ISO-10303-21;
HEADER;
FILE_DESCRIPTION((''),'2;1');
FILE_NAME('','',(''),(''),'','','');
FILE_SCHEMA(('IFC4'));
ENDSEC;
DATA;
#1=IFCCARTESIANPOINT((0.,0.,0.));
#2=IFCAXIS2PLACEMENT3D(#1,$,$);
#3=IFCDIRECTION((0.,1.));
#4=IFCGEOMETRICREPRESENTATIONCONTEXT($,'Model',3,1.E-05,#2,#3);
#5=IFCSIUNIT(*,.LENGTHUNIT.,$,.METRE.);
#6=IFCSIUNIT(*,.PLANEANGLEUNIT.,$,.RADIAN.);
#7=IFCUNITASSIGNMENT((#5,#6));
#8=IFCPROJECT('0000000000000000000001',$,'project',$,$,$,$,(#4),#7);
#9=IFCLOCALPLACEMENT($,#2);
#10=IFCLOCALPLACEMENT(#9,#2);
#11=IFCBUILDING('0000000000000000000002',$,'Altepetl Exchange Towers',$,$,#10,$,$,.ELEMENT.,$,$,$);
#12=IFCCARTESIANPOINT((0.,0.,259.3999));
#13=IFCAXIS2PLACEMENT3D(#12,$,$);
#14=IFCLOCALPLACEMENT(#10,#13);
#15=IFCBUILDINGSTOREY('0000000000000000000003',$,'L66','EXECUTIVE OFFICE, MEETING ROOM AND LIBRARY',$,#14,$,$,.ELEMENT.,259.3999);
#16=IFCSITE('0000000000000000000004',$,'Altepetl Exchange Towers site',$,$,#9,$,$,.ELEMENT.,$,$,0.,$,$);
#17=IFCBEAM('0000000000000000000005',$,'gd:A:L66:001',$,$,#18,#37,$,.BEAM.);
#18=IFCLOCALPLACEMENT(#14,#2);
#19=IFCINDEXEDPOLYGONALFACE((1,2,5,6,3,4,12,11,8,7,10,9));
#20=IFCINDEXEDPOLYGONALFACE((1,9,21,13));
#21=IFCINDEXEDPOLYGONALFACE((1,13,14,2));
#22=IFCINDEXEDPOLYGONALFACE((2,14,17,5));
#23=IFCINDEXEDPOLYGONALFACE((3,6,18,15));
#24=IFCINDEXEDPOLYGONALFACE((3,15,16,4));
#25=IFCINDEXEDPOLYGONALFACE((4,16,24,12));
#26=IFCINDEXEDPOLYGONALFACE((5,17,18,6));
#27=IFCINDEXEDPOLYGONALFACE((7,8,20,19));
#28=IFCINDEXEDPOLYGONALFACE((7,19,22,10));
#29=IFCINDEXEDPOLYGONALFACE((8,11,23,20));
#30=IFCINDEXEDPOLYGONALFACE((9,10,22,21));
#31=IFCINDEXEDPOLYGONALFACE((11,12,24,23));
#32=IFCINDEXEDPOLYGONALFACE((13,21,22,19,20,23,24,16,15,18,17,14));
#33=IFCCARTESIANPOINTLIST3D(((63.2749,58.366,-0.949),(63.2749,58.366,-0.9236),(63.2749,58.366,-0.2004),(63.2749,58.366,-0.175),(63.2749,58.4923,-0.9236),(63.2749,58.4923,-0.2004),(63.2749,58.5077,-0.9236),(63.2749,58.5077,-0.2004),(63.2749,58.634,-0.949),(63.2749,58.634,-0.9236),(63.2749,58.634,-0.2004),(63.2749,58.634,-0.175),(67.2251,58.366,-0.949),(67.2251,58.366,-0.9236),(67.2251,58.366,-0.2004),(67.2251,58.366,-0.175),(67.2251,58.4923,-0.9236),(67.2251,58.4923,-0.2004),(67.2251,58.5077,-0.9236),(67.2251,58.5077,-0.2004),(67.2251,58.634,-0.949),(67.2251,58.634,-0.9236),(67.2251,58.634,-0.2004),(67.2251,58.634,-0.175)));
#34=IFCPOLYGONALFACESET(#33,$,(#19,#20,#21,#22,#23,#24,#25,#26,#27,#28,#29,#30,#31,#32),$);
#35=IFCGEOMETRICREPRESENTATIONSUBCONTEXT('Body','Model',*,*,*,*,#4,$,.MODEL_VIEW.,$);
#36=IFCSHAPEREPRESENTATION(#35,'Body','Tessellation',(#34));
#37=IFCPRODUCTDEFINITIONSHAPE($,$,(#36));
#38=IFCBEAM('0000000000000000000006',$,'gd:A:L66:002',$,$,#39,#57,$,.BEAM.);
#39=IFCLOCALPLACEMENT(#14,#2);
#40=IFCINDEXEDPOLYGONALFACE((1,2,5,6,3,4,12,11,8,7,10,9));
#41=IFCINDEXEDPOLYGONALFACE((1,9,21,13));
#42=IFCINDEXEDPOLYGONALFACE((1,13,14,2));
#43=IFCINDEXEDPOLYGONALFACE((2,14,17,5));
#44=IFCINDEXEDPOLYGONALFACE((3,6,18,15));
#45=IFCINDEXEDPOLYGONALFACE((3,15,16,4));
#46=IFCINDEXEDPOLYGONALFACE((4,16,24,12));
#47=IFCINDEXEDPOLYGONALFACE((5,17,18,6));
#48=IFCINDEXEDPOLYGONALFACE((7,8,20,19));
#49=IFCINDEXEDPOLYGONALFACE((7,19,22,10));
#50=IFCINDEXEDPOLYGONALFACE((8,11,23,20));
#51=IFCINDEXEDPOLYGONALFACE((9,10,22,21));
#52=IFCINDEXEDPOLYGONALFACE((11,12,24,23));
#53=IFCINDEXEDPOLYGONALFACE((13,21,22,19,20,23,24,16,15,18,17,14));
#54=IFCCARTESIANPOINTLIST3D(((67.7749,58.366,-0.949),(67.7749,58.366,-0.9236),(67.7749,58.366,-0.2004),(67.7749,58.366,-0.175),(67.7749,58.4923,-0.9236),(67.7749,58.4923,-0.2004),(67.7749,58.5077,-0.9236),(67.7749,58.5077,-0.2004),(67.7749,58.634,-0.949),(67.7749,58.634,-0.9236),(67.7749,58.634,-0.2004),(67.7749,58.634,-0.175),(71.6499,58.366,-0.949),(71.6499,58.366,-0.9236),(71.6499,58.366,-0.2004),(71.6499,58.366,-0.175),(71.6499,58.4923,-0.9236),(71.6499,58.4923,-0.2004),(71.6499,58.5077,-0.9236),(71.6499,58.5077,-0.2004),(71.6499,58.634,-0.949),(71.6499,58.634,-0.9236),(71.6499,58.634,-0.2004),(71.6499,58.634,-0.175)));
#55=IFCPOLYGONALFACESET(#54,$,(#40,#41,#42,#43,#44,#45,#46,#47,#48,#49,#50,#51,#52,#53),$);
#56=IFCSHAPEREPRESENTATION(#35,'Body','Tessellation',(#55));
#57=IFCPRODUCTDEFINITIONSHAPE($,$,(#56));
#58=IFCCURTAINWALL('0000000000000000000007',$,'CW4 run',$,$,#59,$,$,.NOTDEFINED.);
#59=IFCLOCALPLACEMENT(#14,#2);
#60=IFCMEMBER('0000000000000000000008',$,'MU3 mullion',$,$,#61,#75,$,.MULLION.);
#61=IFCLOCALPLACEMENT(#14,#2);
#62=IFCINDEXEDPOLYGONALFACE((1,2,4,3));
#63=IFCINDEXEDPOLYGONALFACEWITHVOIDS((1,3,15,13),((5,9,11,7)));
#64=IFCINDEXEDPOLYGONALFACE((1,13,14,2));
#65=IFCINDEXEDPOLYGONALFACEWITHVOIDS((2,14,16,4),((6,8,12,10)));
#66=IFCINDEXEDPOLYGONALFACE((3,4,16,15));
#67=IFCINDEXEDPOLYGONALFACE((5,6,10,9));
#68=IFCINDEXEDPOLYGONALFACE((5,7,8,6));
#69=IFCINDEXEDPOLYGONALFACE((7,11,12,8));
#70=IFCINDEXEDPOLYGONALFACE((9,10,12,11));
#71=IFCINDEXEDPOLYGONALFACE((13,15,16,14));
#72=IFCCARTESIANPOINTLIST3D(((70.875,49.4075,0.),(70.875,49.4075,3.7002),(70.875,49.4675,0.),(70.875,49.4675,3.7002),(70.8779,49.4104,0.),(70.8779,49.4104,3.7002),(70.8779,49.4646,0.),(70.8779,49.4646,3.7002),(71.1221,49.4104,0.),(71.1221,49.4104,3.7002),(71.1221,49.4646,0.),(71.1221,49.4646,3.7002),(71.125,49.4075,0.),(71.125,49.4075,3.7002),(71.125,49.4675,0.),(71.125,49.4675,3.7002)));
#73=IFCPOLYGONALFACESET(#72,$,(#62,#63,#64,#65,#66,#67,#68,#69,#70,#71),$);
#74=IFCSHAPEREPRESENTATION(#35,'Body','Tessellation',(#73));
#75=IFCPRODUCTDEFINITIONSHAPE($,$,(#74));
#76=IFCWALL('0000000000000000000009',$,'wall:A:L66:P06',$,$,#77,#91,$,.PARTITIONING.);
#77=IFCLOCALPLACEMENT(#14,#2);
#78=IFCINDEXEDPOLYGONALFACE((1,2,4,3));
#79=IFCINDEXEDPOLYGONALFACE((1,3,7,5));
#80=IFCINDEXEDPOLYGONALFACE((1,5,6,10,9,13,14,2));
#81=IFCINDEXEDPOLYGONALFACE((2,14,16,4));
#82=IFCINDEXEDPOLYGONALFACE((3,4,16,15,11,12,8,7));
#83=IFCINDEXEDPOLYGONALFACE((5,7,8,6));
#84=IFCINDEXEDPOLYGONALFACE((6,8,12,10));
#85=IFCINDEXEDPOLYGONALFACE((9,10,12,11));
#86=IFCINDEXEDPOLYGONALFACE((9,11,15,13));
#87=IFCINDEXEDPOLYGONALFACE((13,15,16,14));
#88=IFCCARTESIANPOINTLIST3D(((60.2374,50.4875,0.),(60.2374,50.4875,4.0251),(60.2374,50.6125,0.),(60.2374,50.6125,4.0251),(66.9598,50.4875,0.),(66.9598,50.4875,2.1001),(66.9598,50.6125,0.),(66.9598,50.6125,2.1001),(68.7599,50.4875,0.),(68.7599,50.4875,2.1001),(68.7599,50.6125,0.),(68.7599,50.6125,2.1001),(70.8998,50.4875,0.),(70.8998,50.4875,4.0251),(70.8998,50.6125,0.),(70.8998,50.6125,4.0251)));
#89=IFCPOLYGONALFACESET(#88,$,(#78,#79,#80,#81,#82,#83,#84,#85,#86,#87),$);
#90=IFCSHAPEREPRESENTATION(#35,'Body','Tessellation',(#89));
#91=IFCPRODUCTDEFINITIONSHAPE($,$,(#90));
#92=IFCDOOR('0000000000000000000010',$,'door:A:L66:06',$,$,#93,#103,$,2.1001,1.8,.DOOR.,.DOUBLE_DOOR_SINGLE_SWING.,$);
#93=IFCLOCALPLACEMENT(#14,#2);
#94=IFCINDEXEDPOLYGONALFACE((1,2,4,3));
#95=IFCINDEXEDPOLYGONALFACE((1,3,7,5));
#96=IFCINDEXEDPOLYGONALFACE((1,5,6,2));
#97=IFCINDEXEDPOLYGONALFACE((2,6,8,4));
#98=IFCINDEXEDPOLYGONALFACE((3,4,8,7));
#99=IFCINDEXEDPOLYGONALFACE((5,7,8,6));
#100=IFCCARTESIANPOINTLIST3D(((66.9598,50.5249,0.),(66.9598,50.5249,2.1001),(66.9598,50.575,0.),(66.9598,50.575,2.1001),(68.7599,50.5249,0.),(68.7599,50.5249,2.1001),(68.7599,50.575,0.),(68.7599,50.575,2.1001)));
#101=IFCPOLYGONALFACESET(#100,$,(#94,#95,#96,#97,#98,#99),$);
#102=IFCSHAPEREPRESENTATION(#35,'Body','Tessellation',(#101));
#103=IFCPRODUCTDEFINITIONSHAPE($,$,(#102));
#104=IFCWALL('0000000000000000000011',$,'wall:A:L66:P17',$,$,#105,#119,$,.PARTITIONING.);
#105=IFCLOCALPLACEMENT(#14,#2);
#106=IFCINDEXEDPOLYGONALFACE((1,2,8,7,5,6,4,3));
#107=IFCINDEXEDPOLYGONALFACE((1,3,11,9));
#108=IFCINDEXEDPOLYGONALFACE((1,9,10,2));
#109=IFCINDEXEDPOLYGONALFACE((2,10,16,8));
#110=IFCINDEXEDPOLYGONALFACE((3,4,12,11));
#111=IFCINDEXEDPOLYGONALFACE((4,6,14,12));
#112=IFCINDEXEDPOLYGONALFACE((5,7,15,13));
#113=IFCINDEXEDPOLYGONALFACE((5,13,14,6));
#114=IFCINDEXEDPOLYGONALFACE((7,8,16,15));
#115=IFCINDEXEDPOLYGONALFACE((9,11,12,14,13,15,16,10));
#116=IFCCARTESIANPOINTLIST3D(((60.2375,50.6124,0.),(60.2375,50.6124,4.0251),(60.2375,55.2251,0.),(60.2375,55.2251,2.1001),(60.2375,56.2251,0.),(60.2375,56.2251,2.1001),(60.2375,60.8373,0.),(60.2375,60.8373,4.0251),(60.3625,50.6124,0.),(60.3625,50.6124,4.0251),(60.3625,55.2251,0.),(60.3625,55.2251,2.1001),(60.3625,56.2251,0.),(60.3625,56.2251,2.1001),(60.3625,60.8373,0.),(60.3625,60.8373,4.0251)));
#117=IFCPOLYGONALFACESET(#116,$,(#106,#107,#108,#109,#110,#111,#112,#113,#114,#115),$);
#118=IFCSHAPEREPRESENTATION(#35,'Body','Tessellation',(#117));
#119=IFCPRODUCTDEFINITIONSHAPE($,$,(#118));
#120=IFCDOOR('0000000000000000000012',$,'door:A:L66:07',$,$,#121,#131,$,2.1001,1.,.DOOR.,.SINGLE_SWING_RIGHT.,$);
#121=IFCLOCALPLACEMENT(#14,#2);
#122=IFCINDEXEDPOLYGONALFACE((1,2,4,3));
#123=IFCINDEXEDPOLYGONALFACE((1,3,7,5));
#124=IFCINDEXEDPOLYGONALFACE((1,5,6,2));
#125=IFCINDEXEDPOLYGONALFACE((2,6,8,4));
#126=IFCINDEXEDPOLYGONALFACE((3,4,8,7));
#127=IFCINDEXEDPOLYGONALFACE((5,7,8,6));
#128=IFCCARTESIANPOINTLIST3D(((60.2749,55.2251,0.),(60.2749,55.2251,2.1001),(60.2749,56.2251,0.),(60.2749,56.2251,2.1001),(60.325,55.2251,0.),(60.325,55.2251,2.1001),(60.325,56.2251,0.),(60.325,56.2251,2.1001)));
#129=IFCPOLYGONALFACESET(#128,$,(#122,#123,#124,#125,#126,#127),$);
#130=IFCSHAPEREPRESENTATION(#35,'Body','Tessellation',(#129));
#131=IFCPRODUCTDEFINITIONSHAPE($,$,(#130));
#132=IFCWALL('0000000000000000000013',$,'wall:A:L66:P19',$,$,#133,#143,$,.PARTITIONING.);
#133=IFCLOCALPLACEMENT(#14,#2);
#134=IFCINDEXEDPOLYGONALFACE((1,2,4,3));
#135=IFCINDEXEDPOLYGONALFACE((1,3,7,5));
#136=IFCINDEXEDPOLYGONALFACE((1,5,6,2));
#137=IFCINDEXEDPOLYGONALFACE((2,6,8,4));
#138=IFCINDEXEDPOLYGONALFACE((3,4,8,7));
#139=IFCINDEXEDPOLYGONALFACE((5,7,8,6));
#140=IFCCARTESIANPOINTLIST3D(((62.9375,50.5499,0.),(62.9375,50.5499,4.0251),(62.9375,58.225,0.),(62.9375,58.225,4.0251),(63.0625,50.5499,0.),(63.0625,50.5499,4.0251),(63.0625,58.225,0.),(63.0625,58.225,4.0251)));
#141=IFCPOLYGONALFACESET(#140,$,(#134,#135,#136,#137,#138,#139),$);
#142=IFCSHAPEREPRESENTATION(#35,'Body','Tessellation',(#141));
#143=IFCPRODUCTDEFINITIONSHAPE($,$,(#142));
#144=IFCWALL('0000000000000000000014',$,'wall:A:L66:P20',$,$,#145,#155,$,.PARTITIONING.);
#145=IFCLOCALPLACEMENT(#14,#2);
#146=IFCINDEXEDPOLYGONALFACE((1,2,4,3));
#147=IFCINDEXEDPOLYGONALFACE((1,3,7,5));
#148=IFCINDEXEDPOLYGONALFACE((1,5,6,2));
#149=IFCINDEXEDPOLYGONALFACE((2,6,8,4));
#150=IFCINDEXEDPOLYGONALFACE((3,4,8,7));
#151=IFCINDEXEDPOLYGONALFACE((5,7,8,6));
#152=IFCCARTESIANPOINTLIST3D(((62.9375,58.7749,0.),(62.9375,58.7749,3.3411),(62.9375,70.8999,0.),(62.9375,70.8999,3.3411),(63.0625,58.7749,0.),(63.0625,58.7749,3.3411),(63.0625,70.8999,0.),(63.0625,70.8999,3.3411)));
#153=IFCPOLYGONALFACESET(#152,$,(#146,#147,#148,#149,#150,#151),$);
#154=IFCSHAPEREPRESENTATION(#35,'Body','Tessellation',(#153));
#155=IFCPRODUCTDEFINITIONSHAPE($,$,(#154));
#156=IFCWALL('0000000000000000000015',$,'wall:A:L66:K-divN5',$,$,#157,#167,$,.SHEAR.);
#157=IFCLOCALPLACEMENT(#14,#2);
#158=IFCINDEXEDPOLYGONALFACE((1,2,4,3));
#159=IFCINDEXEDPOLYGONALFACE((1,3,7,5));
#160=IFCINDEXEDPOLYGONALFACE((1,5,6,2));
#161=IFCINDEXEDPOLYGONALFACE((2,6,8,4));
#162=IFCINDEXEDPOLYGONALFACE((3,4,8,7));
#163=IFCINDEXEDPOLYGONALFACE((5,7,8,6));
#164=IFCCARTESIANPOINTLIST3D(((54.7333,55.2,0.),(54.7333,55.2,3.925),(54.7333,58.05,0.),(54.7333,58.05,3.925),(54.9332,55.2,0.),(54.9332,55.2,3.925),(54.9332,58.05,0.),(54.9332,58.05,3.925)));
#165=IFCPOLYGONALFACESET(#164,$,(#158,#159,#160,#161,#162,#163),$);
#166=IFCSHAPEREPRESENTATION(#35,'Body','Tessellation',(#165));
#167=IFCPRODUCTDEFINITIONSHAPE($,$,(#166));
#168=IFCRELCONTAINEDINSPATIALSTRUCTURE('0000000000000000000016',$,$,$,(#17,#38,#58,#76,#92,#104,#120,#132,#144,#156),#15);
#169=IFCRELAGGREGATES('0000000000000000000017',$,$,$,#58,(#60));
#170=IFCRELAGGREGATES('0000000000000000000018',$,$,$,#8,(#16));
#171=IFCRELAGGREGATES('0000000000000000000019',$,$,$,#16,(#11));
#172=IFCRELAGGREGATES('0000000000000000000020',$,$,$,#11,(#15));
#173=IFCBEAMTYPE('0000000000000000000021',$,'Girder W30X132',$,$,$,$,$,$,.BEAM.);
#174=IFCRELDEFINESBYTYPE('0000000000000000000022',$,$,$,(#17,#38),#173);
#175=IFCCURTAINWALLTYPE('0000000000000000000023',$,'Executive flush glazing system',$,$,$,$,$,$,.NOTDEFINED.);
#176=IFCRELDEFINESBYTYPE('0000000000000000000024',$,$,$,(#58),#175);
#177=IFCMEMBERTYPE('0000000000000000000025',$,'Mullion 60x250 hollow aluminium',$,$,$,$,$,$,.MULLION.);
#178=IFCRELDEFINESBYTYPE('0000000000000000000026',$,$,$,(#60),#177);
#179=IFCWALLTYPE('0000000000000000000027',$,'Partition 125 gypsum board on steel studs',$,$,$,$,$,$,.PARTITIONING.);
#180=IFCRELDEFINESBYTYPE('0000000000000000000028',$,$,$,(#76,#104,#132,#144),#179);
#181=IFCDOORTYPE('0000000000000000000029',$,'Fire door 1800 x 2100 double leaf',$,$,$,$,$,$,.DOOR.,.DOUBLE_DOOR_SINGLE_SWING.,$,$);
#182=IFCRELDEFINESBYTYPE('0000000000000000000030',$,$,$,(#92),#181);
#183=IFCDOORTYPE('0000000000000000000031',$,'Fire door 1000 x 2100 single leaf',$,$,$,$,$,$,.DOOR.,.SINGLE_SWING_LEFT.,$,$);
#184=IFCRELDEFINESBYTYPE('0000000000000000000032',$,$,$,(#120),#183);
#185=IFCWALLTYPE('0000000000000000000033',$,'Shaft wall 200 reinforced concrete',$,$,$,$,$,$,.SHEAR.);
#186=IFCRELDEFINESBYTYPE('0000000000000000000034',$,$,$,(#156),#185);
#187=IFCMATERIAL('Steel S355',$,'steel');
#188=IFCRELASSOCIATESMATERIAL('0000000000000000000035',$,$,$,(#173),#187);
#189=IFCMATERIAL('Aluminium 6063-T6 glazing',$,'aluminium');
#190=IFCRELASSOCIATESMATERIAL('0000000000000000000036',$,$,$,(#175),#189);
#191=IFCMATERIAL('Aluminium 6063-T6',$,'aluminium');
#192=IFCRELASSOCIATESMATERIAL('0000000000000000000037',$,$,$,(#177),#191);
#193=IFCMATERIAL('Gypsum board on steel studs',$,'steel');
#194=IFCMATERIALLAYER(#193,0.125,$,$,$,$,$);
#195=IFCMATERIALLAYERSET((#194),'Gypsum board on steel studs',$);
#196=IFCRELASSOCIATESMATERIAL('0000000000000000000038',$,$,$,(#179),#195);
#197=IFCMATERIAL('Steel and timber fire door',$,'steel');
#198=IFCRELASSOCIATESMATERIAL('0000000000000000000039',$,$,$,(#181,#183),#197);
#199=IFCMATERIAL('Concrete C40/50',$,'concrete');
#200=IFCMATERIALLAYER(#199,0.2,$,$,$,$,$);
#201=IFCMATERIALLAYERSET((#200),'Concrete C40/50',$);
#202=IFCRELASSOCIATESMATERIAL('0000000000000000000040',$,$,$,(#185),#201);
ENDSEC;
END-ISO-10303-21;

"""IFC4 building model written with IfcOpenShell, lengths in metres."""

from ifc_helpers import new_model, si_unit, direction, frame, frame_2d, origin, origin_2d, place, context, subcontext, project, spatial, rectangle, hollow_rectangle, i_section, extrude, material, layer, layer_set, material_profile, profile_set, type_object, element, fill, aggregate, save


model = new_model("IFC4")

# Units and contexts
model_context = context("Model", 3, precision=1e-05, world=origin(), true_north=direction((0.0, 1.0)))
body_context = subcontext(model_context, "Body", "Model", "MODEL_VIEW")
ifc_project = project(units=[si_unit("LENGTHUNIT", "METRE"), si_unit("PLANEANGLEUNIT", "RADIAN")], contexts=[model_context])

# Site, building, storey
site_placement = place(None, origin())
site = spatial("IfcSite", under=ifc_project, at=site_placement, Name="Altepetl Exchange Towers site", CompositionType="ELEMENT", RefElevation=0.0)
building_placement = place(site_placement, origin())
building = spatial("IfcBuilding", under=site, at=building_placement, Name="Altepetl Exchange Towers", CompositionType="ELEMENT")
storey_placement = place(building_placement, frame((0.0, 0.0, 259.3999)))
storey = spatial("IfcBuildingStorey", under=building, at=storey_placement, Name="L66", Description="EXECUTIVE OFFICE, MEETING ROOM AND LIBRARY", CompositionType="ELEMENT", Elevation=259.3999)

# Beams
ifc_material_1 = material(Name="Steel S355", Category="steel")
ifc_material_profile_1 = material_profile(ifc_material_1, i_section(OverallWidth=0.2681, OverallDepth=0.7739, WebThickness=0.0154, FlangeThickness=0.0254, at=origin_2d()), Name="W30X132")
ifc_profile_set_1 = profile_set([ifc_material_profile_1], Name="Steel S355")
beam_type_1 = type_object("IfcBeamType", Name="Girder W30X132", PredefinedType="BEAM", material=ifc_profile_set_1)
beam_1_placement = place(storey_placement, frame((63.2749, 58.5, -0.562), z_axis=(1.0, 0.0, 0.0), x_axis=(0.0, 1.0, 0.0)))
element("IfcBeam", 1, at=beam_1_placement, inside=storey, type_object=beam_type_1, Name="gd:A:L66:001", PredefinedType="BEAM", context=body_context, shape_type="SweptSolid", body=[
    extrude(i_section(OverallWidth=0.2681, OverallDepth=0.7739, WebThickness=0.0154, FlangeThickness=0.0254, at=origin_2d()), origin(), (0.0, 0.0, 1.0), 3.9502),
])
beam_2_placement = place(storey_placement, frame((67.7749, 58.5, -0.562), z_axis=(1.0, 0.0, 0.0), x_axis=(0.0, 1.0, 0.0)))
element("IfcBeam", 2, at=beam_2_placement, inside=storey, type_object=beam_type_1, Name="gd:A:L66:002", PredefinedType="BEAM", context=body_context, shape_type="SweptSolid", body=[
    extrude(i_section(OverallWidth=0.2681, OverallDepth=0.7739, WebThickness=0.0154, FlangeThickness=0.0254, at=origin_2d()), origin(), (0.0, 0.0, 1.0), 3.875),
])

# Curtain wall, member
ifc_material_2 = material(Name="Aluminium 6063-T6 glazing", Category="aluminium")
curtain_wall_type = type_object("IfcCurtainWallType", Name="Executive flush glazing system", PredefinedType="NOTDEFINED", material=ifc_material_2)
curtain_wall_placement = place(storey_placement, origin())
curtain_wall = element("IfcCurtainWall", 3, at=curtain_wall_placement, inside=storey, type_object=curtain_wall_type, Name="CW4 run", PredefinedType="NOTDEFINED")
ifc_material_3 = material(Name="Aluminium 6063-T6", Category="aluminium")
ifc_material_profile_2 = material_profile(ifc_material_3, hollow_rectangle(XDim=0.0601, YDim=0.25, WallThickness=0.0029, at=origin_2d()), Name="Mullion 60x250 hollow aluminium")
ifc_profile_set_2 = profile_set([ifc_material_profile_2], Name="Aluminium 6063-T6")
member_type = type_object("IfcMemberType", Name="Mullion 60x250 hollow aluminium", PredefinedType="MULLION", material=ifc_profile_set_2)
member_placement = place(storey_placement, frame((71.0, 49.4375, 0.0), z_axis=(0.0, 0.0, 1.0), x_axis=(0.0, 1.0, 0.0)))
member = element("IfcMember", 4, at=member_placement, type_object=member_type, Name="MU3 mullion", PredefinedType="MULLION", context=body_context, shape_type="SweptSolid", body=[
    extrude(hollow_rectangle(XDim=0.0601, YDim=0.25, WallThickness=0.0029, at=origin_2d()), origin(), (0.0, 0.0, 1.0), 3.7002),
])
aggregate(curtain_wall, [member])

# Walls, openings, doors
ifc_material_4 = material(Name="Gypsum board on steel studs", Category="steel")
ifc_layer_1 = layer(ifc_material_4, 0.125)
ifc_layer_set_1 = layer_set([ifc_layer_1], Name="Gypsum board on steel studs")
wall_type_1 = type_object("IfcWallType", Name="Partition 125 gypsum board on steel studs", PredefinedType="PARTITIONING", material=ifc_layer_set_1)
wall_1_placement = place(storey_placement, frame((60.2375, 50.55, 0.0)))
wall_1 = element("IfcWall", 5, at=wall_1_placement, inside=storey, type_object=wall_type_1, Name="wall:A:L66:P06", PredefinedType="PARTITIONING", context=body_context, shape_type="SweptSolid", body=[
    extrude(rectangle(XDim=10.6624, YDim=0.125, at=frame_2d((5.3311, 0.0))), origin(), (0.0, 0.0, 1.0), 4.0251),
])
opening_1_placement = place(wall_1_placement, frame((6.7224, 0.0, 0.0)))
opening_1 = element("IfcOpeningElement", 6, at=opening_1_placement, cuts=wall_1, PredefinedType="OPENING", context=body_context, shape_type="SweptSolid", body=[
    extrude(rectangle(XDim=1.8, YDim=2.1001, at=frame_2d((0.8999, 1.05))), frame((0.0, 0.0725, 0.0), z_axis=(0.0, -1.0, 0.0), x_axis=(1.0, 0.0, 0.0)), (0.0, 0.0, 1.0), 0.145),
])
ifc_material_5 = material(Name="Steel and timber fire door", Category="steel")
door_type_1 = type_object("IfcDoorType", Name="Fire door 1800 x 2100 double leaf", OperationType="DOUBLE_DOOR_SINGLE_SWING", PredefinedType="DOOR", material=ifc_material_5)
door_1_placement = place(opening_1_placement, origin())
door_1 = element("IfcDoor", 7, at=door_1_placement, inside=storey, type_object=door_type_1, Name="door:A:L66:06", OperationType="DOUBLE_DOOR_SINGLE_SWING", OverallHeight=2.1001, OverallWidth=1.8, PredefinedType="DOOR", context=body_context, shape_type="SweptSolid", body=[
    extrude(rectangle(XDim=1.8, YDim=2.1001, at=frame_2d((0.8999, 1.05))), frame((0.0, 0.0249, 0.0), z_axis=(0.0, -1.0, 0.0), x_axis=(1.0, 0.0, 0.0)), (0.0, 0.0, 1.0), 0.05),
])
fill(opening_1, door_1)
wall_2_placement = place(storey_placement, frame((60.3, 50.6125, 0.0), z_axis=(0.0, 0.0, 1.0), x_axis=(0.0, 1.0, 0.0)))
wall_2 = element("IfcWall", 8, at=wall_2_placement, inside=storey, type_object=wall_type_1, Name="wall:A:L66:P17", PredefinedType="PARTITIONING", context=body_context, shape_type="SweptSolid", body=[
    extrude(rectangle(XDim=10.2249, YDim=0.125, at=frame_2d((5.1123, 0.0))), origin(), (0.0, 0.0, 1.0), 4.0251),
])
opening_2_placement = place(wall_2_placement, frame((4.6125, 0.0, 0.0)))
opening_2 = element("IfcOpeningElement", 9, at=opening_2_placement, cuts=wall_2, PredefinedType="OPENING", context=body_context, shape_type="SweptSolid", body=[
    extrude(rectangle(XDim=1.0, YDim=2.1001, at=frame_2d((0.5, 1.05))), frame((0.0, 0.0725, 0.0), z_axis=(0.0, -1.0, 0.0), x_axis=(1.0, 0.0, 0.0)), (0.0, 0.0, 1.0), 0.145),
])
door_type_2 = type_object("IfcDoorType", Name="Fire door 1000 x 2100 single leaf", OperationType="SINGLE_SWING_LEFT", PredefinedType="DOOR", material=ifc_material_5)
door_2_placement = place(opening_2_placement, frame((1.0, 0.0, 0.0), x_axis=(-1.0, 0.0, 0.0)))
door_2 = element("IfcDoor", 10, at=door_2_placement, inside=storey, type_object=door_type_2, Name="door:A:L66:07", OperationType="SINGLE_SWING_RIGHT", OverallHeight=2.1001, OverallWidth=1.0, PredefinedType="DOOR", context=body_context, shape_type="SweptSolid", body=[
    extrude(rectangle(XDim=1.0, YDim=2.1001, at=frame_2d((0.5, 1.05))), frame((0.0, 0.0249, 0.0), z_axis=(0.0, -1.0, 0.0), x_axis=(1.0, 0.0, 0.0)), (0.0, 0.0, 1.0), 0.05),
])
fill(opening_2, door_2)

# Walls
wall_3_placement = place(storey_placement, frame((63.0, 50.55, 0.0), z_axis=(0.0, 0.0, 1.0), x_axis=(0.0, 1.0, 0.0)))
element("IfcWall", 11, at=wall_3_placement, inside=storey, type_object=wall_type_1, Name="wall:A:L66:P19", PredefinedType="PARTITIONING", context=body_context, shape_type="SweptSolid", body=[
    extrude(rectangle(XDim=7.675, YDim=0.125, at=frame_2d((3.8374, 0.0))), origin(), (0.0, 0.0, 1.0), 4.0251),
])
wall_4_placement = place(storey_placement, frame((63.0, 58.7749, 0.0), z_axis=(0.0, 0.0, 1.0), x_axis=(0.0, 1.0, 0.0)))
element("IfcWall", 12, at=wall_4_placement, inside=storey, type_object=wall_type_1, Name="wall:A:L66:P20", PredefinedType="PARTITIONING", context=body_context, shape_type="SweptSolid", body=[
    extrude(rectangle(XDim=12.125, YDim=0.125, at=frame_2d((6.0625, 0.0))), origin(), (0.0, 0.0, 1.0), 3.3411),
])
ifc_material_6 = material(Name="Concrete C40/50", Category="concrete")
ifc_layer_2 = layer(ifc_material_6, 0.2)
ifc_layer_set_2 = layer_set([ifc_layer_2], Name="Concrete C40/50")
wall_type_2 = type_object("IfcWallType", Name="Shaft wall 200 reinforced concrete", PredefinedType="SHEAR", material=ifc_layer_set_2)
wall_5_placement = place(storey_placement, frame((54.8333, 58.05, 0.0), z_axis=(0.0, 0.0, 1.0), x_axis=(0.0, -1.0, 0.0)))
element("IfcWall", 13, at=wall_5_placement, inside=storey, type_object=wall_type_2, Name="wall:A:L66:K-divN5", PredefinedType="SHEAR", context=body_context, shape_type="SweptSolid", body=[
    extrude(rectangle(XDim=2.8501, YDim=0.2, at=frame_2d((1.425, 0.0))), origin(), (0.0, 0.0, 1.0), 3.925),
])

save(model, "model.ifc")
